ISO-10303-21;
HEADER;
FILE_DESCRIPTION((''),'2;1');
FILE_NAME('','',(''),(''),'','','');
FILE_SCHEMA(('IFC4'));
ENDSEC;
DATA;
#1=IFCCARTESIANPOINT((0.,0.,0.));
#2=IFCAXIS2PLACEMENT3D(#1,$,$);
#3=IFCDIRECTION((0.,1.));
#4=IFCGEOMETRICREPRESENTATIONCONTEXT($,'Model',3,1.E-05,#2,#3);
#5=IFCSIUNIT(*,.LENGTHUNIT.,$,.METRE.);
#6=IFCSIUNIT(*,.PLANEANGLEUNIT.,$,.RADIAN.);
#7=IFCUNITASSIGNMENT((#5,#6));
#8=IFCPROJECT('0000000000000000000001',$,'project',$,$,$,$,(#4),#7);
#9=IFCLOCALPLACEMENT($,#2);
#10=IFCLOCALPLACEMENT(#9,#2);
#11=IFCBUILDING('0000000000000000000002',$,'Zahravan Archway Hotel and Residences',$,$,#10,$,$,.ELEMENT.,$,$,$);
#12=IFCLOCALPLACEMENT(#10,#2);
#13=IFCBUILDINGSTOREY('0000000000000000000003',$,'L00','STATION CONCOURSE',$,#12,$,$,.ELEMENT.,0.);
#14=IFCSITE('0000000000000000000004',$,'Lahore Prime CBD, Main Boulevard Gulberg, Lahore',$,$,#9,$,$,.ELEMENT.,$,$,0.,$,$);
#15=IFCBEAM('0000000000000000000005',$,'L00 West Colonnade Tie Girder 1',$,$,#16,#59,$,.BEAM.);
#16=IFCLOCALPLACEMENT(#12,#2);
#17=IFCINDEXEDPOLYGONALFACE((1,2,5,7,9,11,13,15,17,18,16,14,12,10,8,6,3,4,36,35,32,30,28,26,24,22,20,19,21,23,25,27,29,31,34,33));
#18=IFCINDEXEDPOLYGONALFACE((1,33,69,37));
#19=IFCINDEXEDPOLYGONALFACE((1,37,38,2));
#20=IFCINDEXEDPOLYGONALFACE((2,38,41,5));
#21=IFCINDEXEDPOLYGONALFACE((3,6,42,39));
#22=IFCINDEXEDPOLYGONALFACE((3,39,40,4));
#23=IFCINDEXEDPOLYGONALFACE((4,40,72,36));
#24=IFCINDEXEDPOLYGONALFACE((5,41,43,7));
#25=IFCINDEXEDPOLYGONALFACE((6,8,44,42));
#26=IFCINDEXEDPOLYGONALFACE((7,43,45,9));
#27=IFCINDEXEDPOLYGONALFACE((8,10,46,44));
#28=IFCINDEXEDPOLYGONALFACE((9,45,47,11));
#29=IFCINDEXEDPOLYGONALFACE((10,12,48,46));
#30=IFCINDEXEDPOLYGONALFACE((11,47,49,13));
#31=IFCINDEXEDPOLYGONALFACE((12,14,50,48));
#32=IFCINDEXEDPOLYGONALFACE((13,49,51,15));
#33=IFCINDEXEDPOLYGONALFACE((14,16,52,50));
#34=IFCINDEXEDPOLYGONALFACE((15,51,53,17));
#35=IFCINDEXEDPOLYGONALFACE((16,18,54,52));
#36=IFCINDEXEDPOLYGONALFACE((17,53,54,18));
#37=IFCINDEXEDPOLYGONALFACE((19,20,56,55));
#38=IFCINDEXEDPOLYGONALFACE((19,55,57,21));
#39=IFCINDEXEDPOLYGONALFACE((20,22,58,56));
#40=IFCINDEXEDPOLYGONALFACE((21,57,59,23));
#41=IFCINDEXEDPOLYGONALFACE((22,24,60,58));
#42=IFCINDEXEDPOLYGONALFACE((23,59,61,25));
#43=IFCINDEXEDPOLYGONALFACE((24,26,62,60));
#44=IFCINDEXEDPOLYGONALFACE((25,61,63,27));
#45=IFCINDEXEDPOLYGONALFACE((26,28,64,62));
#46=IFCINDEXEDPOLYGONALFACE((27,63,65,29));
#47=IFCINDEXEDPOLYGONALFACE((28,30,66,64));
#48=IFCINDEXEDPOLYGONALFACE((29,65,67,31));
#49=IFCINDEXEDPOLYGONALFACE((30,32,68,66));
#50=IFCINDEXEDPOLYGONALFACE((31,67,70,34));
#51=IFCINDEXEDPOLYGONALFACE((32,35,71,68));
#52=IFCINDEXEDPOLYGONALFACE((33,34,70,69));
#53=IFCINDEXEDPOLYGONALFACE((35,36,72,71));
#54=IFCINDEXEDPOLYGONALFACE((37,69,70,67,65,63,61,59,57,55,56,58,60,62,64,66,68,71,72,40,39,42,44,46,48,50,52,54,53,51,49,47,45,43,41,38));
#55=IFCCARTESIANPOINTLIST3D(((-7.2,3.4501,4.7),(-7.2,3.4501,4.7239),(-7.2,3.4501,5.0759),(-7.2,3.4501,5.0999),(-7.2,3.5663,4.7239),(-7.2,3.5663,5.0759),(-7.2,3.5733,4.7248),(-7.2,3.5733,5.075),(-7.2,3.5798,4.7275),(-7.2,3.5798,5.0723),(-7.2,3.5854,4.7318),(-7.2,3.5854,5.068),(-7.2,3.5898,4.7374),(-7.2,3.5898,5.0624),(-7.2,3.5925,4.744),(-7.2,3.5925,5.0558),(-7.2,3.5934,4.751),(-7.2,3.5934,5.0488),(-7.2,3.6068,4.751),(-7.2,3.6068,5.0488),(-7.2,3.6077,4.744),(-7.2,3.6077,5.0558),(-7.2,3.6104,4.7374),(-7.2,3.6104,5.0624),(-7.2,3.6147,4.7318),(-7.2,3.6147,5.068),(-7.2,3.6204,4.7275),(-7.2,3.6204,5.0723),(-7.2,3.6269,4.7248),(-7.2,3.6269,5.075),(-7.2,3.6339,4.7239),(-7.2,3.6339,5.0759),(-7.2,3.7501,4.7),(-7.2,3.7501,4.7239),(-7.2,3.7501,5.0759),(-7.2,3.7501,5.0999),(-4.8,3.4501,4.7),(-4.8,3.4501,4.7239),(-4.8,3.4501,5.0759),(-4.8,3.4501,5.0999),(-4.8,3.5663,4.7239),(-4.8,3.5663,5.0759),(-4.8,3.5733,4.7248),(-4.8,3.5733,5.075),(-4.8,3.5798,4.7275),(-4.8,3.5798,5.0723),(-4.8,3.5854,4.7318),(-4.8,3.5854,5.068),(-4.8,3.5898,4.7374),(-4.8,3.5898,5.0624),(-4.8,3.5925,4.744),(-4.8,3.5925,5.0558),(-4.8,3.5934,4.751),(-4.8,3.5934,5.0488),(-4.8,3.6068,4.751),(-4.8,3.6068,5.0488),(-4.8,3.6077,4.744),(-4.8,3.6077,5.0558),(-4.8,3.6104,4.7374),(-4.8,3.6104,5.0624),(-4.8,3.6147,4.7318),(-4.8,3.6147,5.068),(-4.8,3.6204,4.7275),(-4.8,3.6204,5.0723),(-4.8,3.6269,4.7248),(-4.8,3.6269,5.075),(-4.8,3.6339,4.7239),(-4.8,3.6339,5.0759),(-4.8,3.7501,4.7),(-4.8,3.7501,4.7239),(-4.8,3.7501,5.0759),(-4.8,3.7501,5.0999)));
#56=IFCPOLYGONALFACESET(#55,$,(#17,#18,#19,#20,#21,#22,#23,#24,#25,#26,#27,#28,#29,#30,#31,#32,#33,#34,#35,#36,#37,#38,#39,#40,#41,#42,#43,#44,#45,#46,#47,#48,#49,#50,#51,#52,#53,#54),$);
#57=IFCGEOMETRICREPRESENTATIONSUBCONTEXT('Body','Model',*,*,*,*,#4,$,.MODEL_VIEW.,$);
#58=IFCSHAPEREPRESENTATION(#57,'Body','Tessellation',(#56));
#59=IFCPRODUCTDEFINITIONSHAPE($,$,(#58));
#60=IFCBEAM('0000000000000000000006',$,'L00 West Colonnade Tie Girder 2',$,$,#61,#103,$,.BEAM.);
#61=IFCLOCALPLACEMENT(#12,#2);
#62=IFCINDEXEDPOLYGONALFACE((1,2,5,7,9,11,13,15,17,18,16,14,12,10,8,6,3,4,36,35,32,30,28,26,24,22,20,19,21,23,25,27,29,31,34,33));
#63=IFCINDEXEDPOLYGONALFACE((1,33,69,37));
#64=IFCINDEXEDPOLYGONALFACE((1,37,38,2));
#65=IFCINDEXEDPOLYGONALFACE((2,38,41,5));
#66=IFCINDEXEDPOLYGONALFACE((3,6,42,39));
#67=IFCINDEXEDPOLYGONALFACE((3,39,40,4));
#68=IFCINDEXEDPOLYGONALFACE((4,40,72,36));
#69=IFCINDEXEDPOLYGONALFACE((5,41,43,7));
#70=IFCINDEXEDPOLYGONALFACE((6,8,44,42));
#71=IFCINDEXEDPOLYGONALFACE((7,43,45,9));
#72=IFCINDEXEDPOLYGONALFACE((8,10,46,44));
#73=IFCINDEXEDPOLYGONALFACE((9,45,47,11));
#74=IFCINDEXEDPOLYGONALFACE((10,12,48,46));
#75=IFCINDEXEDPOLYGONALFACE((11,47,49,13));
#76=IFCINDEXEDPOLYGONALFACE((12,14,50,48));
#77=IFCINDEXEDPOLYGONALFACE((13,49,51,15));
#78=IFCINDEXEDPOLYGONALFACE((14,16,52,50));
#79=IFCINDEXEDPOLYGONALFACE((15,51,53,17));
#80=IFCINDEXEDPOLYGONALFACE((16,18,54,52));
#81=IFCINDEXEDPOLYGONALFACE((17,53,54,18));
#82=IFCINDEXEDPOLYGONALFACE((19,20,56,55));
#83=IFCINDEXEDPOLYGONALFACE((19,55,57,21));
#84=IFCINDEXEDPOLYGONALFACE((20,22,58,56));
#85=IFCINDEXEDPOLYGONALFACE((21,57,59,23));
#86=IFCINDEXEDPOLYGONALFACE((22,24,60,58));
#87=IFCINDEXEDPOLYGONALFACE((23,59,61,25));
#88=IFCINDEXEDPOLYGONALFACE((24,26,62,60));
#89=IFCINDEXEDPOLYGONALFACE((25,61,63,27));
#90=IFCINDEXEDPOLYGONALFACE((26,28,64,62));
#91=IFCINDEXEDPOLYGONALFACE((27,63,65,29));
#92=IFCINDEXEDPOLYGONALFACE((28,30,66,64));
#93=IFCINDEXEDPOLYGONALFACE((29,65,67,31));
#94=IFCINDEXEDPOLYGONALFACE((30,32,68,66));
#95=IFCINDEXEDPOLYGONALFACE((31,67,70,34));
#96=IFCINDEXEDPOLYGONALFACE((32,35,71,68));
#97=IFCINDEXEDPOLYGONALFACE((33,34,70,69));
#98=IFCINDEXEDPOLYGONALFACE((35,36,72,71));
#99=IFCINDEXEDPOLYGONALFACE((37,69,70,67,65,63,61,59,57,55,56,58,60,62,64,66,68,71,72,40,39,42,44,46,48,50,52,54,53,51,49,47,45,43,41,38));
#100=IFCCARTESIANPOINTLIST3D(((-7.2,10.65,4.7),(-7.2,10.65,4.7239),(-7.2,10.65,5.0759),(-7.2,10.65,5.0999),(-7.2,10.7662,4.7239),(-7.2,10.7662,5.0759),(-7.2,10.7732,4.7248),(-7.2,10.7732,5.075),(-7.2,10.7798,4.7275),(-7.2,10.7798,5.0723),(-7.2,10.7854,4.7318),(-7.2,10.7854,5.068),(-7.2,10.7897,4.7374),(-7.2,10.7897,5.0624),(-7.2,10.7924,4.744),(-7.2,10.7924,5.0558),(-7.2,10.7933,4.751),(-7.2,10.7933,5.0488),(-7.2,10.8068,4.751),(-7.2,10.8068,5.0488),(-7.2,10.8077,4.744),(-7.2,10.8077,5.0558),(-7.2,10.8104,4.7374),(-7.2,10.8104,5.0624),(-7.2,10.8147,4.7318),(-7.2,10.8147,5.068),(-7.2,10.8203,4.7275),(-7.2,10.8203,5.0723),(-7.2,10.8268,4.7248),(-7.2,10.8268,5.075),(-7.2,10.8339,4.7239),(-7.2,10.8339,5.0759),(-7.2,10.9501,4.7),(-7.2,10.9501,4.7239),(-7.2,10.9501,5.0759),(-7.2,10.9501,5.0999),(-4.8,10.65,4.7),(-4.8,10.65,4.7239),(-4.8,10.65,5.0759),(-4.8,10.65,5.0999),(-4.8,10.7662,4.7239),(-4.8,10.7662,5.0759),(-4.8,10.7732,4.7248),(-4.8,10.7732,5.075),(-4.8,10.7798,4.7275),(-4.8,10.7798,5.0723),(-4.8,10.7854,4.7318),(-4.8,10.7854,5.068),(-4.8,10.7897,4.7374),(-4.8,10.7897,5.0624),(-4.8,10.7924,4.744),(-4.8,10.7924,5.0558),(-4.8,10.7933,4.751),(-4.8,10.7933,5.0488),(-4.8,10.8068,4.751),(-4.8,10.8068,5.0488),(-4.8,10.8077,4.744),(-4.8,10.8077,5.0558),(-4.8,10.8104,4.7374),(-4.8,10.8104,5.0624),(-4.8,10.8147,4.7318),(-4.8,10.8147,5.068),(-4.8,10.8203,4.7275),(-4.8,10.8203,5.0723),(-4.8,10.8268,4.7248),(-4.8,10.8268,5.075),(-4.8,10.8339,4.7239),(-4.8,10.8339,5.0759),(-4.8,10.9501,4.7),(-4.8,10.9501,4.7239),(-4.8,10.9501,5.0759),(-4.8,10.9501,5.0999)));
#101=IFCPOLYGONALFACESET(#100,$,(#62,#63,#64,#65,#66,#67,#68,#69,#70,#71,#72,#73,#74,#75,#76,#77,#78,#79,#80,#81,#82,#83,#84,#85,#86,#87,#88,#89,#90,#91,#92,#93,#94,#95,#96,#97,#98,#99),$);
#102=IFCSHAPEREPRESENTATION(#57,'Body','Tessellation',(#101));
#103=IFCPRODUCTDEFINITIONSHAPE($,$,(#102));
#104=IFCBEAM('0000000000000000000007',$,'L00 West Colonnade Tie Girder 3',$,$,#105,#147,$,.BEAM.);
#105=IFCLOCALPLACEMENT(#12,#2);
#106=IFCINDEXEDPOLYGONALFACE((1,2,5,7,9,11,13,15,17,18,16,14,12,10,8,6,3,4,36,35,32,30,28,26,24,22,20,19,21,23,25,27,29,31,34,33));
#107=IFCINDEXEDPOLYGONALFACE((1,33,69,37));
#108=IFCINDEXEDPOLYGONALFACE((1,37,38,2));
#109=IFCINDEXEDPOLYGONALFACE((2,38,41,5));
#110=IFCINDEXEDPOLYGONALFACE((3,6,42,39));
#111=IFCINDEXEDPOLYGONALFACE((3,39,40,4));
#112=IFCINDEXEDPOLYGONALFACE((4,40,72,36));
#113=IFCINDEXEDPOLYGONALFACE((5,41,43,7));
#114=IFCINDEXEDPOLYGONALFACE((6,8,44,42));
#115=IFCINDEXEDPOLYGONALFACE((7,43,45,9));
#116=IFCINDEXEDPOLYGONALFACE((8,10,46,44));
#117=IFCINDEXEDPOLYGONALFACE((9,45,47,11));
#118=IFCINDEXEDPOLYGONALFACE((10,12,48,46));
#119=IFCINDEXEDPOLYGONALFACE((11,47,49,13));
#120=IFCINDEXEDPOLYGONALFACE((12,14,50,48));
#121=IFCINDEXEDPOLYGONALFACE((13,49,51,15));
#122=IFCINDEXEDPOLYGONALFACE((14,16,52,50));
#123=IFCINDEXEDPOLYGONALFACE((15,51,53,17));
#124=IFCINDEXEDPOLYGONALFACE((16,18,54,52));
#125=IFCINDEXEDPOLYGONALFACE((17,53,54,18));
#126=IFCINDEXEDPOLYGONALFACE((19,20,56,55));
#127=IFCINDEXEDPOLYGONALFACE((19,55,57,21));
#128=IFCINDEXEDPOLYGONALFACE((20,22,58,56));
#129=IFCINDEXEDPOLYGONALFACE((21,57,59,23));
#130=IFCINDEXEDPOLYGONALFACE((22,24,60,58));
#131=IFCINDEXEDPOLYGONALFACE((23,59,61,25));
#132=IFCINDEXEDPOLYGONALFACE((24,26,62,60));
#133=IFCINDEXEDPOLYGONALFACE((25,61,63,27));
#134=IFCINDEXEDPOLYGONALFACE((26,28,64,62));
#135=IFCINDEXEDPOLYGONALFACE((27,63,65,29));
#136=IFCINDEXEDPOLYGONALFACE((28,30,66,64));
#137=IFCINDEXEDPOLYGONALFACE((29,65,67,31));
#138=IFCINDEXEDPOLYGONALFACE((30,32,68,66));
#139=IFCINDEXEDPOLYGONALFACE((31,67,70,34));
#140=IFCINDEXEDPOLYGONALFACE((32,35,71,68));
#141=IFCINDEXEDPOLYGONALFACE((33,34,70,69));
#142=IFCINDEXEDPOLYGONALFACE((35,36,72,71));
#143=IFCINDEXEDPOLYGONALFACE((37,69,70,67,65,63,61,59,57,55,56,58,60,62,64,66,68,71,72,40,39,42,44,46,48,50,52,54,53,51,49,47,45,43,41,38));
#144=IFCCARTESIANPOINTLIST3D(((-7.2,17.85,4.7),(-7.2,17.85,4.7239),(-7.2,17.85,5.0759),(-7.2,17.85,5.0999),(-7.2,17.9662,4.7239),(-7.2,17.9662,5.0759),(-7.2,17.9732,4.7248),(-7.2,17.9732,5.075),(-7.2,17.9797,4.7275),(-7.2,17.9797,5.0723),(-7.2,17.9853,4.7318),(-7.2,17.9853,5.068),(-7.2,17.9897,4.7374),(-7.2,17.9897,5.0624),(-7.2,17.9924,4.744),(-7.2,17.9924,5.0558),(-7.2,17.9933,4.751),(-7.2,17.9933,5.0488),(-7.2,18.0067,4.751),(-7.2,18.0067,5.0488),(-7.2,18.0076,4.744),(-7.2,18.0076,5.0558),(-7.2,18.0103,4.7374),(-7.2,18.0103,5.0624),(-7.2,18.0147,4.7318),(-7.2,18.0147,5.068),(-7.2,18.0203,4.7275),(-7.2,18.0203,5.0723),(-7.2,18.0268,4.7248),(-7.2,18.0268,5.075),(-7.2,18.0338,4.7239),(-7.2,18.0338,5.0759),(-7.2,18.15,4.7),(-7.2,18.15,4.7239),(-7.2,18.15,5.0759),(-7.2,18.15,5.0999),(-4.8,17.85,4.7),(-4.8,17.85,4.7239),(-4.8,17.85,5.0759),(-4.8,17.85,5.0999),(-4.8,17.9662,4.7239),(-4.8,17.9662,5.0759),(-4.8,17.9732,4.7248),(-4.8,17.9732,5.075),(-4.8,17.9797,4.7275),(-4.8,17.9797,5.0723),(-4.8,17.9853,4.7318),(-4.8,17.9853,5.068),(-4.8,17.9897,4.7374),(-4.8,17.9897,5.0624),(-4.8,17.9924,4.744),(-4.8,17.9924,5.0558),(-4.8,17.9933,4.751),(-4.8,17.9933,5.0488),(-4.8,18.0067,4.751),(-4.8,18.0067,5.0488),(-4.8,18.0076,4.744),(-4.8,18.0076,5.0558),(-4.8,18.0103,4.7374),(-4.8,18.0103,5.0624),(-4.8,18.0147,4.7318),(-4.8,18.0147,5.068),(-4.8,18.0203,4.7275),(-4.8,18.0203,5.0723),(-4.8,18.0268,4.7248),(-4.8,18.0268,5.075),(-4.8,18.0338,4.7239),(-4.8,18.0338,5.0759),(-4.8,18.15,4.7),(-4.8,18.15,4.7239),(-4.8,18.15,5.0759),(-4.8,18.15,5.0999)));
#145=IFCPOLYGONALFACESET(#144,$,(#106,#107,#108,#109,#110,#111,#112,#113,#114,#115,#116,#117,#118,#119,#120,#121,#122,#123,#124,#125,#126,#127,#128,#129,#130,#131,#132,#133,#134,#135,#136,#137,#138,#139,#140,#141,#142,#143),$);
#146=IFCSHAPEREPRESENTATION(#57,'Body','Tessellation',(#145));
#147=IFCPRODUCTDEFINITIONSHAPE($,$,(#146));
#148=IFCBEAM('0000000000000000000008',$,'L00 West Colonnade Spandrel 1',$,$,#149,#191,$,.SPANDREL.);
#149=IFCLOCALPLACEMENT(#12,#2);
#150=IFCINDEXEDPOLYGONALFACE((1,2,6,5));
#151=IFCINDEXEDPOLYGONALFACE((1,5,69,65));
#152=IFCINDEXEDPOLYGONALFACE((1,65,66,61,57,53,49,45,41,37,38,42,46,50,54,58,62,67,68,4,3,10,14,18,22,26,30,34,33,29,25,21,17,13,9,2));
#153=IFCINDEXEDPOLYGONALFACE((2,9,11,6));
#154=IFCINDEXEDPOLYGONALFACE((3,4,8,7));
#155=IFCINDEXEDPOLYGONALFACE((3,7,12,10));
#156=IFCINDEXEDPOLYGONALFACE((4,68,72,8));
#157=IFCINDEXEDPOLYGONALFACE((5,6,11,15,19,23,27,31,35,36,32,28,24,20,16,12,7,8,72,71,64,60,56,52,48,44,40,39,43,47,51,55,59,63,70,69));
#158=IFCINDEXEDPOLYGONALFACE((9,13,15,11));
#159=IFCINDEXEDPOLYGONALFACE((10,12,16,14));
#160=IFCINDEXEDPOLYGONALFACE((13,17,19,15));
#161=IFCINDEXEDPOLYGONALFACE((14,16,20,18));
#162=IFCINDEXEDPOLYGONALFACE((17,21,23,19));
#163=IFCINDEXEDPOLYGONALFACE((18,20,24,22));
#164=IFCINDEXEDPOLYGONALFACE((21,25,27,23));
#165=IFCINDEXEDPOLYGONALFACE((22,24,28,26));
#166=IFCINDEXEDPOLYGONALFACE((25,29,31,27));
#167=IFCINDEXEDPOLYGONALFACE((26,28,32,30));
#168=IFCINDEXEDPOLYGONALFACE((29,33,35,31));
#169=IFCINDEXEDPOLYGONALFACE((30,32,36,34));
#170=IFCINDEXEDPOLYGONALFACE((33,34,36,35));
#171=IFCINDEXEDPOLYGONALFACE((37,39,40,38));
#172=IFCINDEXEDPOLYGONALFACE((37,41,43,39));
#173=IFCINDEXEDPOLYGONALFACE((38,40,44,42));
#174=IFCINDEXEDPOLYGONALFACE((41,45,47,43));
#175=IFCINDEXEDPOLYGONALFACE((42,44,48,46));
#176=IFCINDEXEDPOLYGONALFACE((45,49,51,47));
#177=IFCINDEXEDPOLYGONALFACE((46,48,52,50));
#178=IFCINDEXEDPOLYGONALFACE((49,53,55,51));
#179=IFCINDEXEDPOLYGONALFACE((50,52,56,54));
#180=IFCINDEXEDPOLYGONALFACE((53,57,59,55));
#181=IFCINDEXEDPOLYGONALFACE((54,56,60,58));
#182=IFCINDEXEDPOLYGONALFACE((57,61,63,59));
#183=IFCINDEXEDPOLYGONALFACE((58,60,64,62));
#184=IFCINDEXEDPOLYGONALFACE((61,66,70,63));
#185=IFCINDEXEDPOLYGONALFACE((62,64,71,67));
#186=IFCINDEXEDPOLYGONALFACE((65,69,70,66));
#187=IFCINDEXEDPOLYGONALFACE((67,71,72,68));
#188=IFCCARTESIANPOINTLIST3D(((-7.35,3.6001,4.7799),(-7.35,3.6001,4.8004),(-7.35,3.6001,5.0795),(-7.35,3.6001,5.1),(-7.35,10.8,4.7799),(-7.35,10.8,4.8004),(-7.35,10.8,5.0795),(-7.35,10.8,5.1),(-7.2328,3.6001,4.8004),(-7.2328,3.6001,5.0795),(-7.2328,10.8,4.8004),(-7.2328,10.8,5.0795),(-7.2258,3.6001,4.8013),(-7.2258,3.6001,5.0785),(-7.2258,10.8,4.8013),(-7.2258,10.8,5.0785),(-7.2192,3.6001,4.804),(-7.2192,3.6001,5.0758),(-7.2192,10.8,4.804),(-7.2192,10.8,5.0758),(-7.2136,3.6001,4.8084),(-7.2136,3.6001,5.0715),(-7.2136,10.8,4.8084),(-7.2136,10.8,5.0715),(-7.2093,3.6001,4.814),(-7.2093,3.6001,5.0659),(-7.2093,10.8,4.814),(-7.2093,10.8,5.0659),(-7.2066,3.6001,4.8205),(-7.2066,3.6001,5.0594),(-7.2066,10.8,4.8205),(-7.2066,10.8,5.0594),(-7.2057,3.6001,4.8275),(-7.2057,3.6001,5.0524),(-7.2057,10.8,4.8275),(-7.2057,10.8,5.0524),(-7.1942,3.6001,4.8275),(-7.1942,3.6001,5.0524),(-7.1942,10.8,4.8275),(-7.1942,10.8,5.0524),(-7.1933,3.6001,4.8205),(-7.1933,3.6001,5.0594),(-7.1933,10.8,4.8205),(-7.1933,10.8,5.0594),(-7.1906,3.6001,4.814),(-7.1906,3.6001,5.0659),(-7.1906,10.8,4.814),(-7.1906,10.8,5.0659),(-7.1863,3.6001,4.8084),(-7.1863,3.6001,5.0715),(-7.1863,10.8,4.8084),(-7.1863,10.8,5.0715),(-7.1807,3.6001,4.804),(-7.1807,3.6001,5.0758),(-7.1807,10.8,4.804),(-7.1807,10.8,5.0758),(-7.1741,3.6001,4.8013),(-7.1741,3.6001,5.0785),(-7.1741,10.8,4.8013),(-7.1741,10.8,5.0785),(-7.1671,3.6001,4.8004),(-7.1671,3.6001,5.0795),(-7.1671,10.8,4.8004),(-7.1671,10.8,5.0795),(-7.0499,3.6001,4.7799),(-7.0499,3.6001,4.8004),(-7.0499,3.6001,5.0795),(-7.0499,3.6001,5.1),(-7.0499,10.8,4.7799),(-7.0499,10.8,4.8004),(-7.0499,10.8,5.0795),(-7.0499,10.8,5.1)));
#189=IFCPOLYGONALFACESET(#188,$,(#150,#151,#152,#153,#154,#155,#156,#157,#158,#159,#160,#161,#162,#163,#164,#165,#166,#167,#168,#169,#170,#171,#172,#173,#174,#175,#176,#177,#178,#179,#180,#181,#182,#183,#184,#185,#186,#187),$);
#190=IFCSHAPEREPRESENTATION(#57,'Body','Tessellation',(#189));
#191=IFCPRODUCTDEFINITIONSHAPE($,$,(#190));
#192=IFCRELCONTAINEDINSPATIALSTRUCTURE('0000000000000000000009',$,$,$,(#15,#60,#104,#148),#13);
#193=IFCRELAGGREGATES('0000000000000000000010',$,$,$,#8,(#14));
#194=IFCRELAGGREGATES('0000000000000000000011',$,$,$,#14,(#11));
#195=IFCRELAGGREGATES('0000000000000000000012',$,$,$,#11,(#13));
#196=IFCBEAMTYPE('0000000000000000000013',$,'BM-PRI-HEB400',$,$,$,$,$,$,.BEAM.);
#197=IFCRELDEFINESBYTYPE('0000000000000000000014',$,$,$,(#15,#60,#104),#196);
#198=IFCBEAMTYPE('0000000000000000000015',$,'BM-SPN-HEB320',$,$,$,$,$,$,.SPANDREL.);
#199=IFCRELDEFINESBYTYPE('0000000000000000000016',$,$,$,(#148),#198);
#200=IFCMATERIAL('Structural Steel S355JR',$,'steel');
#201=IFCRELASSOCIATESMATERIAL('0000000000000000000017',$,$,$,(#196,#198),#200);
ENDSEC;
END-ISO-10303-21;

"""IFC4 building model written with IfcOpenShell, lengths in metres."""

from ifc_helpers import new_model, si_unit, direction, frame, origin, origin_2d, place, context, subcontext, project, spatial, i_section, extrude, source, transform, mapped, material, material_profile, profile_set, type_object, type_shapes, element, save


model = new_model("IFC4")

# Units and contexts
model_context = context("Model", 3, precision=1e-05, world=origin(), true_north=direction((0.0, 1.0)))
body_context = subcontext(model_context, "Body", "Model", "MODEL_VIEW")
ifc_project = project(units=[si_unit("LENGTHUNIT", "METRE"), si_unit("PLANEANGLEUNIT", "RADIAN")], contexts=[model_context])

# Site, building, storey
site_placement = place(None, origin())
site = spatial("IfcSite", under=ifc_project, at=site_placement, Name="Lahore Prime CBD, Main Boulevard Gulberg, Lahore", CompositionType="ELEMENT", RefElevation=0.0)
building_placement = place(site_placement, origin())
building = spatial("IfcBuilding", under=site, at=building_placement, Name="Zahravan Archway Hotel and Residences", CompositionType="ELEMENT")
storey_placement = place(building_placement, origin())
storey = spatial("IfcBuildingStorey", under=building, at=storey_placement, Name="L00", Description="STATION CONCOURSE", CompositionType="ELEMENT", Elevation=0.0)

# Beams
ifc_material_1 = material(Name="Structural Steel S355JR", Category="steel")
ifc_material_profile_1 = material_profile(ifc_material_1, i_section(OverallWidth=0.3, OverallDepth=0.3999, WebThickness=0.0134, FlangeThickness=0.0239, FilletRadius=0.0271, at=origin_2d()), Name="HEB 400", Category="steel")
ifc_profile_set_1 = profile_set([ifc_material_profile_1], Name="Structural Steel S355JR")
beam_type_1 = type_object("IfcBeamType", Name="BM-PRI-HEB400", PredefinedType="BEAM", material=ifc_profile_set_1)
shared_shape_1 = source(origin(), body_context, "Body", "SweptSolid", [
    extrude(i_section(OverallWidth=0.3, OverallDepth=0.3999, WebThickness=0.0134, FlangeThickness=0.0239, FilletRadius=0.0271, at=origin_2d()), origin(), (0.0, 0.0, 1.0), 2.3999),
])
for number, where, z_axis, x_axis, name in (
    (1, (-7.2, 3.6001, 4.8999), (1.0, 0.0, 0.0), (0.0, 1.0, 0.0), "L00 West Colonnade Tie Girder 1"),
    (2, (-7.2, 10.8, 4.8999), (1.0, 0.0, 0.0), (0.0, 1.0, 0.0), "L00 West Colonnade Tie Girder 2"),
    (3, (-7.2, 18.0, 4.8999), (1.0, 0.0, 0.0), (0.0, 1.0, 0.0), "L00 West Colonnade Tie Girder 3"),
):
    element("IfcBeam", number, at=place(storey_placement, frame(where, z_axis=z_axis, x_axis=x_axis)), inside=storey, type_object=beam_type_1, Name=name, PredefinedType="BEAM", context=body_context, shape_type="MappedRepresentation", body=[
        mapped(shared_shape_1, transform((0.0, 0.0, 0.0), scale=1.0)),
    ])
ifc_material_profile_2 = material_profile(ifc_material_1, i_section(OverallWidth=0.3, OverallDepth=0.3201, WebThickness=0.0115, FlangeThickness=0.0205, FilletRadius=0.0271, at=origin_2d()), Name="HEB 320", Category="steel")
ifc_profile_set_2 = profile_set([ifc_material_profile_2], Name="Structural Steel S355JR")
beam_type_2 = type_object("IfcBeamType", Name="BM-SPN-HEB320", PredefinedType="SPANDREL", material=ifc_profile_set_2)
shared_shape_2 = source(origin(), body_context, "Body", "SweptSolid", [
    extrude(i_section(OverallWidth=0.3, OverallDepth=0.3201, WebThickness=0.0115, FlangeThickness=0.0205, FilletRadius=0.0271, at=origin_2d()), origin(), (0.0, 0.0, 1.0), 7.2),
])
type_shapes(beam_type_2, [shared_shape_2])
for number, where, z_axis, x_axis, name in (
    (4, (-7.2, 3.6001, 4.9399), (0.0, 1.0, 0.0), (-1.0, 0.0, 0.0), "L00 West Colonnade Spandrel 1"),
):
    element("IfcBeam", number, at=place(storey_placement, frame(where, z_axis=z_axis, x_axis=x_axis)), inside=storey, type_object=beam_type_2, Name=name, PredefinedType="SPANDREL", context=body_context, shape_type="MappedRepresentation", body=[
        mapped(shared_shape_2, transform((0.0, 0.0, 0.0), scale=1.0)),
    ])

save(model, "model.ifc")
